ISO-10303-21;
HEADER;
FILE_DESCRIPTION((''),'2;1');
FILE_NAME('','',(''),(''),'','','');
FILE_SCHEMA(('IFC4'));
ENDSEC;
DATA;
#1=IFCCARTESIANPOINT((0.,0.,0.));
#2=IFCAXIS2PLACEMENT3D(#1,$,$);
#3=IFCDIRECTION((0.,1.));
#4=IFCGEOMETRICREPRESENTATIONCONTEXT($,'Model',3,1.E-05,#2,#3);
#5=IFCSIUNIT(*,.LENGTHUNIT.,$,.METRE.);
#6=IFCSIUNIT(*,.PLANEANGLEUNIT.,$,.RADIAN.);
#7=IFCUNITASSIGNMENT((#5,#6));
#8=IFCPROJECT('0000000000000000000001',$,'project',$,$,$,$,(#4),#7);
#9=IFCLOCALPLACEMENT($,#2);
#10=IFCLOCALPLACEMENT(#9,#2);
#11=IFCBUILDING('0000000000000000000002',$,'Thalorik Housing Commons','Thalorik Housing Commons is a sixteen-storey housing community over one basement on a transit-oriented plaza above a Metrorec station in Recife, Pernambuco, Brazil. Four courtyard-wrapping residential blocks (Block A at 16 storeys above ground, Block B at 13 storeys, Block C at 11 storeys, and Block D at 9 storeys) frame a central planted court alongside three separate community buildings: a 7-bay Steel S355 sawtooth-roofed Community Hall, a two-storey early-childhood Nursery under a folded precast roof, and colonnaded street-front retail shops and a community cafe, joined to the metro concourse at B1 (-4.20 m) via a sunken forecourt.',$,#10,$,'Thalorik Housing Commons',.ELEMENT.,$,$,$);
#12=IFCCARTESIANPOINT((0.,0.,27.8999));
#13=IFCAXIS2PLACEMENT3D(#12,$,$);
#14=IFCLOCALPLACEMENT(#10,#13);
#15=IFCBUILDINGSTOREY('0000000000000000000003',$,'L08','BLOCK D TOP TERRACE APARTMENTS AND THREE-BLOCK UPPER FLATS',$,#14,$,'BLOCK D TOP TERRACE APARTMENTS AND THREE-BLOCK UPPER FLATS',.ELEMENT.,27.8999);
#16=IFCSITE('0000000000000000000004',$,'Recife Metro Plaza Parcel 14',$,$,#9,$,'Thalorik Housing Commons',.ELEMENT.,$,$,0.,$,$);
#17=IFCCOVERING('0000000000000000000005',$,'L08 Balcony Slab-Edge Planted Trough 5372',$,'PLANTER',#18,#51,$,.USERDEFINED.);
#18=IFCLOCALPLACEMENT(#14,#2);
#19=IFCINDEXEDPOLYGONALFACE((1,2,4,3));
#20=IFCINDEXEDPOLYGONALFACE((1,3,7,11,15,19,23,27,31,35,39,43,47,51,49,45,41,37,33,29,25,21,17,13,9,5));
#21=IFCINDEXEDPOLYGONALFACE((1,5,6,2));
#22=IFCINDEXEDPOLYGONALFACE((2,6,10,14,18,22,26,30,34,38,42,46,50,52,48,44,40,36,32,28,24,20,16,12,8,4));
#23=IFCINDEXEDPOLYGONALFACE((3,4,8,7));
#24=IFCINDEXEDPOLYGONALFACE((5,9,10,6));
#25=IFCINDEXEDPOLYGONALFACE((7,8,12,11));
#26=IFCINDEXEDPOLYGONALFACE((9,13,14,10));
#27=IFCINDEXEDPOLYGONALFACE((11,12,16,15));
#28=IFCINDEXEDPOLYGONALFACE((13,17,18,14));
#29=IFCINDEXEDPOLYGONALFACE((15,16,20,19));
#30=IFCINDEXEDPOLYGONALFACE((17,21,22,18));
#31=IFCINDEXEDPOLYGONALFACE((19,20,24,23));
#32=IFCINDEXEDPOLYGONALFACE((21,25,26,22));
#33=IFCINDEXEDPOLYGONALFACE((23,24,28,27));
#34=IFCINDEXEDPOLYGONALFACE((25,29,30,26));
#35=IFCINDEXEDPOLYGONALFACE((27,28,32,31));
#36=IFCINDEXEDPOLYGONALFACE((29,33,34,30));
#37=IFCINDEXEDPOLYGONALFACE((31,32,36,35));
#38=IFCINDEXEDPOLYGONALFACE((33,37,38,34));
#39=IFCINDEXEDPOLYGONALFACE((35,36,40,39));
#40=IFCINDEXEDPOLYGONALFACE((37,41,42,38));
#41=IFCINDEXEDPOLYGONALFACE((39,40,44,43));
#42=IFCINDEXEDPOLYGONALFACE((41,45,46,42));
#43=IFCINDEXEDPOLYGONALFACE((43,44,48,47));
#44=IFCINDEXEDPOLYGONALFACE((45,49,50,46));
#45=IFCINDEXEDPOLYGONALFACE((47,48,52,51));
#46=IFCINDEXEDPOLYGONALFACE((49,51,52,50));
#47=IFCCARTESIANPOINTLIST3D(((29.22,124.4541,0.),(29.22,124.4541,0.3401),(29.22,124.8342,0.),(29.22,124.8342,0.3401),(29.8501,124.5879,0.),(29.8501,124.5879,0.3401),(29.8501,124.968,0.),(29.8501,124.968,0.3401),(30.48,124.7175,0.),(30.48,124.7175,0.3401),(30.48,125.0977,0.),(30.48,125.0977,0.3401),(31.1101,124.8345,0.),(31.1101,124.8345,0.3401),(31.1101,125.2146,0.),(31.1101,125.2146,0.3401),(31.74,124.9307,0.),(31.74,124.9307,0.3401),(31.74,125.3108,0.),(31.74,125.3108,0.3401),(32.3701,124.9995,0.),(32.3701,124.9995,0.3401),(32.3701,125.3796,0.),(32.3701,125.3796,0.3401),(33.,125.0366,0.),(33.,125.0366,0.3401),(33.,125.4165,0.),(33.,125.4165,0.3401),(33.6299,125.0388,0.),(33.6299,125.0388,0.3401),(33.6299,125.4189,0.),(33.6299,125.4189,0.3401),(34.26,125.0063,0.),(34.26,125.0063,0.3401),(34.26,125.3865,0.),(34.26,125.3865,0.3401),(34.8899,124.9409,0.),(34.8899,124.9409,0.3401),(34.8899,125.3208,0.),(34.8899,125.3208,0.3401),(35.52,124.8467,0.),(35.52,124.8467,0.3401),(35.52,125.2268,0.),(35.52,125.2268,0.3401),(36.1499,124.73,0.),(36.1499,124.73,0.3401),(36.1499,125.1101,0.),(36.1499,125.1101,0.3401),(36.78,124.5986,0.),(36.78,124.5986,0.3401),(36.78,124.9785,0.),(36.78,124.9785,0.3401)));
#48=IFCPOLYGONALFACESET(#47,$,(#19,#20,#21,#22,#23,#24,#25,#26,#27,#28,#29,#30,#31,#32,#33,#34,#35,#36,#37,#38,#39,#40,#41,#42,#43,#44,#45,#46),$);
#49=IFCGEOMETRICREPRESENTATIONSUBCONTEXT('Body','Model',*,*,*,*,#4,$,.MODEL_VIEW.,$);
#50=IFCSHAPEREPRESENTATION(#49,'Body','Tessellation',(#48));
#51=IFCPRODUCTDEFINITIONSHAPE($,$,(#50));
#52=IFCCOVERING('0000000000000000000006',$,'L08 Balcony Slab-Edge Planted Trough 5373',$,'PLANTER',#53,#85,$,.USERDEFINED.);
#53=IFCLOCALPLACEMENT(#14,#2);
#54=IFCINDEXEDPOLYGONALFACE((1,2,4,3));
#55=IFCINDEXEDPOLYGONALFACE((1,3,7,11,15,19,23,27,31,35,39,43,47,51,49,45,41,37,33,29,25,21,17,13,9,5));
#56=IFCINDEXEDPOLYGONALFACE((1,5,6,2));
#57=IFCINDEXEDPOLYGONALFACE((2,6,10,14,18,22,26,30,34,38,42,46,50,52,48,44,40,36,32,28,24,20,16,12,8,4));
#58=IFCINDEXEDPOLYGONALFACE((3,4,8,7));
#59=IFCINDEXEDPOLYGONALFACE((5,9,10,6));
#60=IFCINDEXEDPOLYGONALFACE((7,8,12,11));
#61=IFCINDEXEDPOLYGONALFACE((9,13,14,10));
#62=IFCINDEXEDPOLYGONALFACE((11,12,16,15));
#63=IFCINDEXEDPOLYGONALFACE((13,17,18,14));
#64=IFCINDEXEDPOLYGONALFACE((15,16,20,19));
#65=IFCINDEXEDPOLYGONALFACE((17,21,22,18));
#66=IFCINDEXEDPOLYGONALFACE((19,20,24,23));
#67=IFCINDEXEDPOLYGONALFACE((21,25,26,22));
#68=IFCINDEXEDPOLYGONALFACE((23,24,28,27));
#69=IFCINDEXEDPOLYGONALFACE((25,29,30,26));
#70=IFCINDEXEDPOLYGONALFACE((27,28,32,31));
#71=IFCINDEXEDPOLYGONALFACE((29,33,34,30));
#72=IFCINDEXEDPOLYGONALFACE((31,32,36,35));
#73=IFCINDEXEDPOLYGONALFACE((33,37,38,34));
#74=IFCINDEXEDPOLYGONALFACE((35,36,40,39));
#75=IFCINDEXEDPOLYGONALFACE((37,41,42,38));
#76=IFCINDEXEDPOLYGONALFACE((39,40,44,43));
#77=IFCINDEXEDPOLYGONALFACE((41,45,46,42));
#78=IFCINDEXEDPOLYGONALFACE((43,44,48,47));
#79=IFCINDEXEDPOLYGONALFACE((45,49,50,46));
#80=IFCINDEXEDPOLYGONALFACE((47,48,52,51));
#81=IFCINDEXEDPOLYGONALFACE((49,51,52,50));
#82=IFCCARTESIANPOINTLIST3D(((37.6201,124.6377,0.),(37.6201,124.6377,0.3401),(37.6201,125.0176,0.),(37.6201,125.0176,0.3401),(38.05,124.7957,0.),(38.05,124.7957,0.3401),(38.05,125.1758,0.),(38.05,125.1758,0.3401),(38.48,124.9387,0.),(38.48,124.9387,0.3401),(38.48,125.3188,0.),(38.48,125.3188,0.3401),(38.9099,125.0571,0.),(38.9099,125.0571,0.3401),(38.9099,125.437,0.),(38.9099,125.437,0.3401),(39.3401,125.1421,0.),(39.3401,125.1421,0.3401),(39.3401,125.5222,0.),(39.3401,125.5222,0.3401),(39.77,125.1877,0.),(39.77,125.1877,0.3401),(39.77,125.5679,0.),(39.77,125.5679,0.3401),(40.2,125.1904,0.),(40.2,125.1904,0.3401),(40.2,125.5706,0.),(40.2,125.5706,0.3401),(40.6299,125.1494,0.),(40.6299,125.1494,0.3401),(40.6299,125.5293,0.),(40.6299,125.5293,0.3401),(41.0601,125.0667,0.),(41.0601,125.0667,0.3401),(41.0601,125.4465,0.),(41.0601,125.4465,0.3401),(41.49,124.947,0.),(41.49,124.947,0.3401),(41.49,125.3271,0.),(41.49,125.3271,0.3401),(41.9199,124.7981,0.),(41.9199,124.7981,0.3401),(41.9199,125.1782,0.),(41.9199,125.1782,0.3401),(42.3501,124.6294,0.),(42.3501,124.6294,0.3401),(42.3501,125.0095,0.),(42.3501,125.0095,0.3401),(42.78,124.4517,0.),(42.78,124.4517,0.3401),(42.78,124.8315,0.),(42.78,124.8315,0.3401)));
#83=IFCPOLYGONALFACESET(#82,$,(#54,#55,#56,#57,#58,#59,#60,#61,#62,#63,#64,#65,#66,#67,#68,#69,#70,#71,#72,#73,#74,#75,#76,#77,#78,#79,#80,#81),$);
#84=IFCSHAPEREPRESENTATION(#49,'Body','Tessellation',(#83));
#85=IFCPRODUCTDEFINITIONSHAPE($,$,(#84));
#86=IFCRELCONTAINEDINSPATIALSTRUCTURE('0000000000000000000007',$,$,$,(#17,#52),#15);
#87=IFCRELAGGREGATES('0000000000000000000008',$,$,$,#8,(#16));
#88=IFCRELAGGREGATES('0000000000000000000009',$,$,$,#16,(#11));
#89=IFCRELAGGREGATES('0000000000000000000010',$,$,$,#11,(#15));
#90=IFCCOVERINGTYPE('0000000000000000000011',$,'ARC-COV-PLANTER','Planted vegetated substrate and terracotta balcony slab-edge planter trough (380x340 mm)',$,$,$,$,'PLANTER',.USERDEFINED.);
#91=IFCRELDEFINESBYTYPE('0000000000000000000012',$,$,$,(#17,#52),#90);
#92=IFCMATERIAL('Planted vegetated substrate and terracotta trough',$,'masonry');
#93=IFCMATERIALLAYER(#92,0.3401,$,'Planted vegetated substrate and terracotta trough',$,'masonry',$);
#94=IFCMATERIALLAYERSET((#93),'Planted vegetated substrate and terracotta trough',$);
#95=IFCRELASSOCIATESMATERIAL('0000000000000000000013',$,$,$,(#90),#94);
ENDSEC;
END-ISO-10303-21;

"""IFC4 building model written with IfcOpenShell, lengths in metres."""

from ifc_helpers import new_model, si_unit, direction, frame, origin, place, context, subcontext, project, spatial, polyline, outline, extrude, material, layer, layer_set, type_object, element, save


model = new_model("IFC4")

# Units and contexts
model_context = context("Model", 3, precision=1e-05, world=origin(), true_north=direction((0.0, 1.0)))
body_context = subcontext(model_context, "Body", "Model", "MODEL_VIEW")
ifc_project = project(units=[si_unit("LENGTHUNIT", "METRE"), si_unit("PLANEANGLEUNIT", "RADIAN")], contexts=[model_context])

# Site, building, storey
site_placement = place(None, origin())
site = spatial("IfcSite", under=ifc_project, at=site_placement, Name="Recife Metro Plaza Parcel 14", LongName="Thalorik Housing Commons", CompositionType="ELEMENT", RefElevation=0.0)
building_placement = place(site_placement, origin())
building = spatial("IfcBuilding", under=site, at=building_placement, Name="Thalorik Housing Commons", Description="Thalorik Housing Commons is a sixteen-storey housing community over one basement on a transit-oriented plaza above a Metrorec station in Recife, Pernambuco, Brazil. Four courtyard-wrapping residential blocks (Block A at 16 storeys above ground, Block B at 13 storeys, Block C at 11 storeys, and Block D at 9 storeys) frame a central planted court alongside three separate community buildings: a 7-bay Steel S355 sawtooth-roofed Community Hall, a two-storey early-childhood Nursery under a folded precast roof, and colonnaded street-front retail shops and a community cafe, joined to the metro concourse at B1 (-4.20 m) via a sunken forecourt.", LongName="Thalorik Housing Commons", CompositionType="ELEMENT")
storey_placement = place(building_placement, frame((0.0, 0.0, 27.8999)))
storey = spatial("IfcBuildingStorey", under=building, at=storey_placement, Name="L08", Description="BLOCK D TOP TERRACE APARTMENTS AND THREE-BLOCK UPPER FLATS", LongName="BLOCK D TOP TERRACE APARTMENTS AND THREE-BLOCK UPPER FLATS", CompositionType="ELEMENT", Elevation=27.8999)

# Coverings
ifc_material_1 = material(Name="Planted vegetated substrate and terracotta trough", Category="masonry")
ifc_layer_1 = layer(ifc_material_1, 0.3401, Name="Planted vegetated substrate and terracotta trough", Category="masonry")
ifc_layer_set_1 = layer_set([ifc_layer_1], Name="Planted vegetated substrate and terracotta trough")
covering_type = type_object("IfcCoveringType", Name="ARC-COV-PLANTER", Description="Planted vegetated substrate and terracotta balcony slab-edge planter trough (380x340 mm)", ElementType="PLANTER", PredefinedType="USERDEFINED", material=ifc_layer_set_1)
covering_1_placement = place(storey_placement, origin())
element("IfcCovering", 1, at=covering_1_placement, inside=storey, type_object=covering_type, Name="L08 Balcony Slab-Edge Planted Trough 5372", ObjectType="PLANTER", PredefinedType="USERDEFINED", context=body_context, shape_type="SweptSolid", body=[
    extrude(outline(polyline([(36.78, 124.9785), (36.1499, 125.1101), (35.52, 125.2268), (34.8899, 125.3208), (34.26, 125.3865), (33.6299, 125.4189), (33.0, 125.4165), (32.3701, 125.3796), (31.74, 125.3108), (31.1101, 125.2146), (30.48, 125.0977), (29.8501, 124.968), (29.22, 124.8342), (29.22, 124.4541), (29.8501, 124.5879), (30.48, 124.7175), (31.1101, 124.8345), (31.74, 124.9307), (32.3701, 124.9995), (33.0, 125.0366), (33.6299, 125.0388), (34.26, 125.0063), (34.8899, 124.9409), (35.52, 124.8467), (36.1499, 124.73), (36.78, 124.5986), (36.78, 124.9785)])), origin(), (0.0, 0.0, 1.0), 0.3401),
])
covering_2_placement = place(storey_placement, origin())
element("IfcCovering", 2, at=covering_2_placement, inside=storey, type_object=covering_type, Name="L08 Balcony Slab-Edge Planted Trough 5373", ObjectType="PLANTER", PredefinedType="USERDEFINED", context=body_context, shape_type="SweptSolid", body=[
    extrude(outline(polyline([(42.78, 124.8315), (42.3501, 125.0095), (41.9199, 125.1782), (41.49, 125.3271), (41.0601, 125.4465), (40.6299, 125.5293), (40.2, 125.5706), (39.77, 125.5679), (39.3401, 125.5222), (38.9099, 125.437), (38.48, 125.3188), (38.05, 125.1758), (37.6201, 125.0176), (37.6201, 124.6377), (38.05, 124.7957), (38.48, 124.9387), (38.9099, 125.0571), (39.3401, 125.1421), (39.77, 125.1877), (40.2, 125.1904), (40.6299, 125.1494), (41.0601, 125.0667), (41.49, 124.947), (41.9199, 124.7981), (42.3501, 124.6294), (42.78, 124.4517), (42.78, 124.8315)])), origin(), (0.0, 0.0, 1.0), 0.3401),
])

save(model, "model.ifc")
